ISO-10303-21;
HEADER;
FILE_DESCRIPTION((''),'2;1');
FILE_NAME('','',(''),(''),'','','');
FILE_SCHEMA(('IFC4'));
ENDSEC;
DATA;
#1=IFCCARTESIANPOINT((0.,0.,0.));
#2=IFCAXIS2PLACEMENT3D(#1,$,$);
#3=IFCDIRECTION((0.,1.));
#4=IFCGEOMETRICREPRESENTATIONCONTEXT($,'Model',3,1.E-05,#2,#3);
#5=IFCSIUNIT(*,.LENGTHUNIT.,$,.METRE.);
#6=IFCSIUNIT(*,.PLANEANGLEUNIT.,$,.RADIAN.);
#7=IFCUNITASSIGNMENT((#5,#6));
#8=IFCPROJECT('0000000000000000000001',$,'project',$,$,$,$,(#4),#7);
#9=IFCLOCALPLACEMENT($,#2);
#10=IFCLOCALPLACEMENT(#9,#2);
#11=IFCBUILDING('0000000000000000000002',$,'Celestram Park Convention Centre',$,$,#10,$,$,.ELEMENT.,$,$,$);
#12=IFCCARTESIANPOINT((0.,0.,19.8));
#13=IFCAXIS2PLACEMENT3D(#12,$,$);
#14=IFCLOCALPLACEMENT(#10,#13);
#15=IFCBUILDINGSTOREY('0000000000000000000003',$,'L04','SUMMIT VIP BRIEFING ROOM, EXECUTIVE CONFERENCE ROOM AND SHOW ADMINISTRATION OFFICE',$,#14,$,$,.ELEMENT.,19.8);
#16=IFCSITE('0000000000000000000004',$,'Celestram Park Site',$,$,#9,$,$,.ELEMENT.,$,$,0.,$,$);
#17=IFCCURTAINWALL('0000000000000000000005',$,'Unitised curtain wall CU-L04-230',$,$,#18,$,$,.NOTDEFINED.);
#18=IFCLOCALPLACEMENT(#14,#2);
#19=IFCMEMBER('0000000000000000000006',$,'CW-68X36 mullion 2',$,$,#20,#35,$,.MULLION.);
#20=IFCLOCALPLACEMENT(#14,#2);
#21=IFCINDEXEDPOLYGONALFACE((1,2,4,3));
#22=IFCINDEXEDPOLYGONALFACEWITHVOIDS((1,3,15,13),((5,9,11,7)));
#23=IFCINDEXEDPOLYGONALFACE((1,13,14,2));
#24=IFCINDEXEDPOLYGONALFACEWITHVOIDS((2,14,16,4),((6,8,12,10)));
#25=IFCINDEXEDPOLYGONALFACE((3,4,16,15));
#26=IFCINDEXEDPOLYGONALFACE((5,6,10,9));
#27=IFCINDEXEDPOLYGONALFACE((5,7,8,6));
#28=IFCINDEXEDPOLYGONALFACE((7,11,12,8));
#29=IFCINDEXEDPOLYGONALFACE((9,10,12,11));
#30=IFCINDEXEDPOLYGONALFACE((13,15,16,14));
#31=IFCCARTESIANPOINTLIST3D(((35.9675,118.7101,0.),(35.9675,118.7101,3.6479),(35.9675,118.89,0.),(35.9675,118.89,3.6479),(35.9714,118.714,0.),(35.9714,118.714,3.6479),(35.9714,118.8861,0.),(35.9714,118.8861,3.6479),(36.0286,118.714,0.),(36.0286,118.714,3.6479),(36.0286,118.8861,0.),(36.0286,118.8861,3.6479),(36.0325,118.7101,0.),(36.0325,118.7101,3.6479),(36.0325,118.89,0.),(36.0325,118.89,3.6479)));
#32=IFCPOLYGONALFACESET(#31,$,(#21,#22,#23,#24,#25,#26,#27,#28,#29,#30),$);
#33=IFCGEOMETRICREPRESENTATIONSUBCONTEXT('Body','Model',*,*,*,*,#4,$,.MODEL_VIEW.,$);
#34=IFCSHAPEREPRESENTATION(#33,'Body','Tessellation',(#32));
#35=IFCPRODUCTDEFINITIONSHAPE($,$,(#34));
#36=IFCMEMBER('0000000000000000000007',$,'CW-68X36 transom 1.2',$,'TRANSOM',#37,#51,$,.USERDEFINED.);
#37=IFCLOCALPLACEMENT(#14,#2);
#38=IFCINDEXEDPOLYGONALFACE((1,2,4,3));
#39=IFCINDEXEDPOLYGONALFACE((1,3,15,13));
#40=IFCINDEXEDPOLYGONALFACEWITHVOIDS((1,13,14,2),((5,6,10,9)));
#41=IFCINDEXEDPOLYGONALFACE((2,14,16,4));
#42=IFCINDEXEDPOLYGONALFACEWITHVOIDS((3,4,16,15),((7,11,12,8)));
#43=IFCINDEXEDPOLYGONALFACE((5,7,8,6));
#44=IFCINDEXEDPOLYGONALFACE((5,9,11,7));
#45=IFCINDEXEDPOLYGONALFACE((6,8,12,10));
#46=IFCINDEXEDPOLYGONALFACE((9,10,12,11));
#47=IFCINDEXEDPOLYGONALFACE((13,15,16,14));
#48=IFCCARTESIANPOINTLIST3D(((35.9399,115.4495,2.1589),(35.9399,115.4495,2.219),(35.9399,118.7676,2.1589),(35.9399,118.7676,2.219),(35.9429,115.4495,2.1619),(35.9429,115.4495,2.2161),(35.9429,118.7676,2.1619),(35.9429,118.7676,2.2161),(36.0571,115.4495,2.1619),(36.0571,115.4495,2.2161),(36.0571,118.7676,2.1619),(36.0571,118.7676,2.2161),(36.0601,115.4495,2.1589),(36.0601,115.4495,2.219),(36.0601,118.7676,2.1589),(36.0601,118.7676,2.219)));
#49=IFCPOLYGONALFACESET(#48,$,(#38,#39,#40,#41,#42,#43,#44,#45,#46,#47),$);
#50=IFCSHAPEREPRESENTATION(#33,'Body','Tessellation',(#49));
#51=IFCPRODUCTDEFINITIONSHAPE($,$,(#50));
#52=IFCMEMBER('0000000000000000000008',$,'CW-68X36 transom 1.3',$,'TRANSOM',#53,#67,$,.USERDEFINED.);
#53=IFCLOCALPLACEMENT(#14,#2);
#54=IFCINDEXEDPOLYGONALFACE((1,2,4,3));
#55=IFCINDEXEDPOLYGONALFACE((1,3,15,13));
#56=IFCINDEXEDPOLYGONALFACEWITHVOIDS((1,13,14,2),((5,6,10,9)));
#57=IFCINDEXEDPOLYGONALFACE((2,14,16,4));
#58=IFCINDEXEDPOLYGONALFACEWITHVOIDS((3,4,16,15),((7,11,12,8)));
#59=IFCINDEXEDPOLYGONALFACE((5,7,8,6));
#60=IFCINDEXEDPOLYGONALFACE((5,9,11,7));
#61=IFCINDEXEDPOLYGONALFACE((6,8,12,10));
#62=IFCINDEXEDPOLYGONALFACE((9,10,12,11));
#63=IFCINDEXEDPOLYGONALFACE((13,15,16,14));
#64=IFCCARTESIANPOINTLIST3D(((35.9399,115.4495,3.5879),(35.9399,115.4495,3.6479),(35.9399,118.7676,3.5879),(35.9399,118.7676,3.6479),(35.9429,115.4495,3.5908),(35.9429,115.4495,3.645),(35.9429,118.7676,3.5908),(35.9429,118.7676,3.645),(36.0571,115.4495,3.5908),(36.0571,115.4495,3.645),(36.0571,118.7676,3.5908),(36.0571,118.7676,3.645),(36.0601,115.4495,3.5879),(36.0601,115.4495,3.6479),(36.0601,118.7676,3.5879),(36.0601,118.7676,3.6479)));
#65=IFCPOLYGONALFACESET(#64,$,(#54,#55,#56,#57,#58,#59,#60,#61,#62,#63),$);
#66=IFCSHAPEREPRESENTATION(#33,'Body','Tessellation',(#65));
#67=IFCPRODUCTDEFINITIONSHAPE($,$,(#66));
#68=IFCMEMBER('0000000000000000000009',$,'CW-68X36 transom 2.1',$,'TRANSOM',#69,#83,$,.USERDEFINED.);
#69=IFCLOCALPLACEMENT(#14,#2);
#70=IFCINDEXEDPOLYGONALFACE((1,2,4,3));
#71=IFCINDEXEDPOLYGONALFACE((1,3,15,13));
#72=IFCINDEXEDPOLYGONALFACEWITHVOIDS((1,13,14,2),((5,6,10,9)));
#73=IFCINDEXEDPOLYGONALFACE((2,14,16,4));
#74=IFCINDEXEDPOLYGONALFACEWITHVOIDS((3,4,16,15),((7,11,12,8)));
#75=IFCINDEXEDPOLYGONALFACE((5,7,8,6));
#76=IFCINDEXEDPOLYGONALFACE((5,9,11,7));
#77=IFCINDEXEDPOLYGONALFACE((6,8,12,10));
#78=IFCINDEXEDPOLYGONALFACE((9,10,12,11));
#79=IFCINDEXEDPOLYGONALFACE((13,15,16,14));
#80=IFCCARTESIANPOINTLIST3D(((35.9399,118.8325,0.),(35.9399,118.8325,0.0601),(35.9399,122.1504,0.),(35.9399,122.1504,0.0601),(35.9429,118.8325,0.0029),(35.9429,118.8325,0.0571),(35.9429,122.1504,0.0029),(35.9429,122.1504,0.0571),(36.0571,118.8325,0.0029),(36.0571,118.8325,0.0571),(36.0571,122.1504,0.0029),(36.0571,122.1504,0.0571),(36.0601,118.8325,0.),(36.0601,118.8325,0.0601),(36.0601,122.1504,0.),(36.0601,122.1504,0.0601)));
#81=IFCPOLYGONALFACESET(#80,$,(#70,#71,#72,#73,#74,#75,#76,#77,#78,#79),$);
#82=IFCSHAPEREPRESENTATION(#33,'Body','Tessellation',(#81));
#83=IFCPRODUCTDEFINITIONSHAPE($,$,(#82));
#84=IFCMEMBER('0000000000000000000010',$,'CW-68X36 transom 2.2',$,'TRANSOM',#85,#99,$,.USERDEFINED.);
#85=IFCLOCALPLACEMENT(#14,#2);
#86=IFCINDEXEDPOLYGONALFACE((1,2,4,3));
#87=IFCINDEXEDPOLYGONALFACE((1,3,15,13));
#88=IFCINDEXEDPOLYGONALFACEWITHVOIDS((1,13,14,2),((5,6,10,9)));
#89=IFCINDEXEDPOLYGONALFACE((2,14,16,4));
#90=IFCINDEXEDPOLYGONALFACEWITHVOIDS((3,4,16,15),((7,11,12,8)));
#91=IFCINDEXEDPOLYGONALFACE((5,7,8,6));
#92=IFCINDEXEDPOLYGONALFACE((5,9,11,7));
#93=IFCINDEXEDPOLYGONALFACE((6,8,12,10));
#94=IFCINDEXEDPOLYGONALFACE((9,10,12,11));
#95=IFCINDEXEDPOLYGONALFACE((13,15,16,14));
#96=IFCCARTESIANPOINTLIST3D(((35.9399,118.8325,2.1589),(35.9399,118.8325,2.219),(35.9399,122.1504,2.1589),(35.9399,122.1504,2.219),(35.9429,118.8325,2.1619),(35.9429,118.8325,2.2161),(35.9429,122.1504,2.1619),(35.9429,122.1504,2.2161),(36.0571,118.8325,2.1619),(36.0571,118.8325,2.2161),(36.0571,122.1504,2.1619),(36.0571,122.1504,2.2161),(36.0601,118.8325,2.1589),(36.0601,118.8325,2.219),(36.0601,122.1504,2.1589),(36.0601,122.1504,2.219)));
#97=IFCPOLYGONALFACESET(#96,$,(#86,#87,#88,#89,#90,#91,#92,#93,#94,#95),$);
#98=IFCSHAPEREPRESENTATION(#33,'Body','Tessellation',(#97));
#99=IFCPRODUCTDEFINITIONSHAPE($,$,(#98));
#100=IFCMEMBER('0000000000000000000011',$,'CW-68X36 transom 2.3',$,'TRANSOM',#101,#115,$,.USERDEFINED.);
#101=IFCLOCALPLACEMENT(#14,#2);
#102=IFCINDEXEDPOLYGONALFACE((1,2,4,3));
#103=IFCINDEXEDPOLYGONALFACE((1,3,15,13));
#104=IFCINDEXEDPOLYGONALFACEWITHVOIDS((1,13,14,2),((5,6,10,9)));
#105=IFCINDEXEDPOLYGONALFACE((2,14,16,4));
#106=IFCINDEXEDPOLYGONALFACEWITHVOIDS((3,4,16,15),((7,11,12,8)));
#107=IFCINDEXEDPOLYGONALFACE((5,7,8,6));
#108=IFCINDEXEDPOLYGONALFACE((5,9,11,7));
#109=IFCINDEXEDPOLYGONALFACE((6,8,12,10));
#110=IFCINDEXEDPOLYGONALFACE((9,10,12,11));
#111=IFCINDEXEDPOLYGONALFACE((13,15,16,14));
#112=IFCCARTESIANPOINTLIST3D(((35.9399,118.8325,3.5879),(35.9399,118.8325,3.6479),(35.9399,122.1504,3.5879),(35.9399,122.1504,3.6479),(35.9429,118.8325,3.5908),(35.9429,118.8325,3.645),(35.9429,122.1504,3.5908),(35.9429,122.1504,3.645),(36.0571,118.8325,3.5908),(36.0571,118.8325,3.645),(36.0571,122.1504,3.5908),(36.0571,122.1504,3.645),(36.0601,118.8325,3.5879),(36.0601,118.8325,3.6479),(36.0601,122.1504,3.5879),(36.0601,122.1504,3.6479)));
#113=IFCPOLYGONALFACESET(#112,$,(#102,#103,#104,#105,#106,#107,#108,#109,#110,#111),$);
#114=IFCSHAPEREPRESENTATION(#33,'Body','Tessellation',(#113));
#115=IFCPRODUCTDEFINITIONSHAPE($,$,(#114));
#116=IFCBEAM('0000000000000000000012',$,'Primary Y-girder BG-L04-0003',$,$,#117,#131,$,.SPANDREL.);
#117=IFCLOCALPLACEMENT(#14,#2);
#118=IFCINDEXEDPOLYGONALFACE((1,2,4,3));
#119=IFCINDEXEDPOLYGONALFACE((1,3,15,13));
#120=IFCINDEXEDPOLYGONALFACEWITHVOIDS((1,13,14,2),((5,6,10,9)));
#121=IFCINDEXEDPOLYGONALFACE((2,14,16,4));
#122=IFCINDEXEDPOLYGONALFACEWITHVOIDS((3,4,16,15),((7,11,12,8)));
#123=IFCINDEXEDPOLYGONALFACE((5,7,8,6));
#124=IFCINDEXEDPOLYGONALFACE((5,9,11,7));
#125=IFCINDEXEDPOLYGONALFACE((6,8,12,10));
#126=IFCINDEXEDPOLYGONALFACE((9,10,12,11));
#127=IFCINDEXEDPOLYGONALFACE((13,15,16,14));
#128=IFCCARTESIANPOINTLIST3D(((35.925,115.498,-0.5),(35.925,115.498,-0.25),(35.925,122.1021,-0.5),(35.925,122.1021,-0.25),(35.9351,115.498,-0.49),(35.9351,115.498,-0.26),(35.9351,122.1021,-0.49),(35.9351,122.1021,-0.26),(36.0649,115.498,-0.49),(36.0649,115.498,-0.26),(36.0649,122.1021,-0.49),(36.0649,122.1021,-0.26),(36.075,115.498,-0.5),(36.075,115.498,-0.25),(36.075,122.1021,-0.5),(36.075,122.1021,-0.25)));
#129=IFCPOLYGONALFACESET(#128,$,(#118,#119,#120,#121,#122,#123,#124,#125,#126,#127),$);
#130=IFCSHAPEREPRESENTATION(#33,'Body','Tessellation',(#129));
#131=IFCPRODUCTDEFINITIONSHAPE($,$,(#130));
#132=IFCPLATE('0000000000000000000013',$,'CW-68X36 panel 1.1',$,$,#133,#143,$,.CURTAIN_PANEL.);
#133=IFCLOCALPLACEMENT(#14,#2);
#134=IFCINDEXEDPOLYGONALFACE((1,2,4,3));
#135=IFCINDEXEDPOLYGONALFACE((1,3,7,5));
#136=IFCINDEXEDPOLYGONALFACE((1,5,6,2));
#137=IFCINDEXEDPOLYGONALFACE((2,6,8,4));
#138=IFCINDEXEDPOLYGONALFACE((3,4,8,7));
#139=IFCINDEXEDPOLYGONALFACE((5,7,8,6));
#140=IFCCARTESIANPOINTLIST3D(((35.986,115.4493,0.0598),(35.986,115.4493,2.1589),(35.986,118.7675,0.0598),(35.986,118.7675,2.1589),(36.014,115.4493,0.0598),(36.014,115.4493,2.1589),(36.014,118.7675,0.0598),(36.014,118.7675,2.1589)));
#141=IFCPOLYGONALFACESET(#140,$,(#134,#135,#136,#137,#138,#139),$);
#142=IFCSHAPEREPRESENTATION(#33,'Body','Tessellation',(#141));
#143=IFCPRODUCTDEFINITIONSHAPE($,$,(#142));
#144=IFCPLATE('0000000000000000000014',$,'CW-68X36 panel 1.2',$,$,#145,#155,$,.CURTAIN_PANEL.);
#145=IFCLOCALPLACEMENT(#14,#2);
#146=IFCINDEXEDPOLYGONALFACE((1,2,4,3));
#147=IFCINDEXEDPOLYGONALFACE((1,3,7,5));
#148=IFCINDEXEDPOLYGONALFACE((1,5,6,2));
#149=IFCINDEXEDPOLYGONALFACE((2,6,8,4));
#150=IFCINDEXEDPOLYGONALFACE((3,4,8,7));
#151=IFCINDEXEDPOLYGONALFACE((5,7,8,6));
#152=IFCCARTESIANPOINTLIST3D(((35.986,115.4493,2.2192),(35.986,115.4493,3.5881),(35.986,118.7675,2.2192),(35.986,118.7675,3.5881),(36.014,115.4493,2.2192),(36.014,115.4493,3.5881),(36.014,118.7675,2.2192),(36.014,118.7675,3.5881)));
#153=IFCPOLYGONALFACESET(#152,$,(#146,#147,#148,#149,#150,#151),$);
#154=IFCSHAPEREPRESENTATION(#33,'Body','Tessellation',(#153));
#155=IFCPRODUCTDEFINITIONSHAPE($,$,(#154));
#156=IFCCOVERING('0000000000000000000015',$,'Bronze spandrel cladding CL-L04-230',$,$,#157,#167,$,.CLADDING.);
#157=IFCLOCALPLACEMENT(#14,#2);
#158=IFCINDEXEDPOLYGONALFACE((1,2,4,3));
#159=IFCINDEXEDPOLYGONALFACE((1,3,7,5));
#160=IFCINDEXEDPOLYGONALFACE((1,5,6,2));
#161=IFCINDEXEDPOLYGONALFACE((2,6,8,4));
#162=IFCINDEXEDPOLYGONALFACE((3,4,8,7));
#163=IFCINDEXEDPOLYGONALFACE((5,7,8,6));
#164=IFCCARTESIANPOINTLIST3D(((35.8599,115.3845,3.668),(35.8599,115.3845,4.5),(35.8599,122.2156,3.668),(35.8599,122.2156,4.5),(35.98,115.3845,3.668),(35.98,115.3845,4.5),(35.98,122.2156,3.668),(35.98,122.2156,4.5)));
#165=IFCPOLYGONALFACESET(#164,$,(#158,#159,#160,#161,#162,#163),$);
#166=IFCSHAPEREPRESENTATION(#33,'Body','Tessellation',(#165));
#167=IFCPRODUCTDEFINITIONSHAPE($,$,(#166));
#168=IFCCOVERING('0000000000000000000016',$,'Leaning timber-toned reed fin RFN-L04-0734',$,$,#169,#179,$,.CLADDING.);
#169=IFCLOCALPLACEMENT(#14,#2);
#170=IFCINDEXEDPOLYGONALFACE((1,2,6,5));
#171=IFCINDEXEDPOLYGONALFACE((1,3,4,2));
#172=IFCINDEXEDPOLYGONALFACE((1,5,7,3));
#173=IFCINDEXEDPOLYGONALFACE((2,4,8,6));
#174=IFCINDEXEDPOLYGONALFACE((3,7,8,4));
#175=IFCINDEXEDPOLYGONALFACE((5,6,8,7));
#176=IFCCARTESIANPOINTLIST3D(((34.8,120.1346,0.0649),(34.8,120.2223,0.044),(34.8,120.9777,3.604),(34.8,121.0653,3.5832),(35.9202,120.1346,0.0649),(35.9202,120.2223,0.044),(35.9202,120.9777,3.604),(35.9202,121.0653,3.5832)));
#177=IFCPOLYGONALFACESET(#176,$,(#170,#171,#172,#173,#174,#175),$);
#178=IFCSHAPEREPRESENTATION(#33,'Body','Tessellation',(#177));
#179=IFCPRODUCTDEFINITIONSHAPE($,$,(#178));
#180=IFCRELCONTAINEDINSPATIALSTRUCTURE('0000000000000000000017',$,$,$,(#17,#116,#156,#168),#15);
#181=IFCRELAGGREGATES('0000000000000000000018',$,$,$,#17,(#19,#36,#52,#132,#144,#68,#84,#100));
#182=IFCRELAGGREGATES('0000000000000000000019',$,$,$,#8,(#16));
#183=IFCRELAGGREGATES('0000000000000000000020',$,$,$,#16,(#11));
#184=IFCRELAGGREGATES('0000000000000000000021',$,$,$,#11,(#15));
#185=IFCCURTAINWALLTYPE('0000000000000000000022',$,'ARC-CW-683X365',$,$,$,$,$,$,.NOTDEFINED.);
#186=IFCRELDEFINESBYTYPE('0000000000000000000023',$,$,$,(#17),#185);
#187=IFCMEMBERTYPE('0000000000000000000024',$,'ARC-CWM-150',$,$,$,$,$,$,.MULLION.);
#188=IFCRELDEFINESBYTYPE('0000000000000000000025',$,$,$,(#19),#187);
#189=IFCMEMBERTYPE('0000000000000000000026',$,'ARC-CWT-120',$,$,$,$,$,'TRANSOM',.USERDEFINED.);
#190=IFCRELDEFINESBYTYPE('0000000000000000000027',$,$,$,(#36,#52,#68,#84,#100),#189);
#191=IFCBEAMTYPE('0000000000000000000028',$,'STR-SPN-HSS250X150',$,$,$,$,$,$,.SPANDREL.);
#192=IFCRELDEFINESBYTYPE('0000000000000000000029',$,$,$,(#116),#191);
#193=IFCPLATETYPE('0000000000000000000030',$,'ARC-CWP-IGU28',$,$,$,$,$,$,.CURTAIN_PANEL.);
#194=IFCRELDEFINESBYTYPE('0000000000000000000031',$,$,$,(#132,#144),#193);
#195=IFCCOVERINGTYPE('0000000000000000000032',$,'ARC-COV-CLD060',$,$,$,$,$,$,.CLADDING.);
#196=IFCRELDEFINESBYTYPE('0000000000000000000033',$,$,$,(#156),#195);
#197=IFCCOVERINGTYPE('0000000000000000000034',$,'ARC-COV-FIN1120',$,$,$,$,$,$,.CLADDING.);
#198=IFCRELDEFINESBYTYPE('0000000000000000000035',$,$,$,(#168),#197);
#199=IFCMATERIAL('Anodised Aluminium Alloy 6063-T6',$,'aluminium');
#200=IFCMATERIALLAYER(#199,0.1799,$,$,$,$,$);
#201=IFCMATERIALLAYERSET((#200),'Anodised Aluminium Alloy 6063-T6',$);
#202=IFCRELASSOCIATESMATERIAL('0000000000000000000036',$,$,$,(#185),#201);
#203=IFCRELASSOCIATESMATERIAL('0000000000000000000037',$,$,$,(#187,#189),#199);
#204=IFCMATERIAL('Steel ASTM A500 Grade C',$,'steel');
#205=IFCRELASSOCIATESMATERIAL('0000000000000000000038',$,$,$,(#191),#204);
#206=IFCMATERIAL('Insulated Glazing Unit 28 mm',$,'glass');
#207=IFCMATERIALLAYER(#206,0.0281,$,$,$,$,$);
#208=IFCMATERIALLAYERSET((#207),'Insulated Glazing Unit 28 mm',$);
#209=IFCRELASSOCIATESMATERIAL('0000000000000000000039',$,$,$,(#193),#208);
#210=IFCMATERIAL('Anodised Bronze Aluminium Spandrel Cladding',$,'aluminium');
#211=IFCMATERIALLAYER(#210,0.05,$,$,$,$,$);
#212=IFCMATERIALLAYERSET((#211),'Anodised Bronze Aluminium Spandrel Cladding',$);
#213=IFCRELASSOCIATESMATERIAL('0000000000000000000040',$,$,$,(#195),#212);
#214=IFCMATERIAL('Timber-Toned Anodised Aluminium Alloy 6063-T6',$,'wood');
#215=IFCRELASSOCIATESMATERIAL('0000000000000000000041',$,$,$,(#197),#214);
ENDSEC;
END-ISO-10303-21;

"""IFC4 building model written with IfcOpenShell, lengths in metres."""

from ifc_helpers import new_model, si_unit, direction, frame, origin, origin_2d, place, context, subcontext, project, spatial, rectangle, hollow_rectangle, extrude, material, layer, layer_set, material_profile, profile_set, type_object, element, aggregate, save


model = new_model("IFC4")

# Units and contexts
model_context = context("Model", 3, precision=1e-05, world=origin(), true_north=direction((0.0, 1.0)))
body_context = subcontext(model_context, "Body", "Model", "MODEL_VIEW")
ifc_project = project(units=[si_unit("LENGTHUNIT", "METRE"), si_unit("PLANEANGLEUNIT", "RADIAN")], contexts=[model_context])

# Site, building, storey
site_placement = place(None, origin())
site = spatial("IfcSite", under=ifc_project, at=site_placement, Name="Celestram Park Site", CompositionType="ELEMENT", RefElevation=0.0)
building_placement = place(site_placement, origin())
building = spatial("IfcBuilding", under=site, at=building_placement, Name="Celestram Park Convention Centre", CompositionType="ELEMENT")
storey_placement = place(building_placement, frame((0.0, 0.0, 19.8)))
storey = spatial("IfcBuildingStorey", under=building, at=storey_placement, Name="L04", Description="SUMMIT VIP BRIEFING ROOM, EXECUTIVE CONFERENCE ROOM AND SHOW ADMINISTRATION OFFICE", CompositionType="ELEMENT", Elevation=19.8)

# Curtain wall, members
ifc_material_1 = material(Name="Anodised Aluminium Alloy 6063-T6", Category="aluminium")
ifc_layer_1 = layer(ifc_material_1, 0.1799)
ifc_layer_set_1 = layer_set([ifc_layer_1], Name="Anodised Aluminium Alloy 6063-T6")
curtain_wall_type = type_object("IfcCurtainWallType", Name="ARC-CW-683X365", PredefinedType="NOTDEFINED", material=ifc_layer_set_1)
curtain_wall_placement = place(storey_placement, origin())
curtain_wall = element("IfcCurtainWall", 1, at=curtain_wall_placement, inside=storey, type_object=curtain_wall_type, Name="Unitised curtain wall CU-L04-230", PredefinedType="NOTDEFINED")
ifc_material_profile_1 = material_profile(ifc_material_1, hollow_rectangle(XDim=0.0649, YDim=0.1799, WallThickness=0.0039, at=origin_2d()), Name="ALU65X180X4")
ifc_profile_set_1 = profile_set([ifc_material_profile_1], Name="Anodised Aluminium Alloy 6063-T6")
member_type_1 = type_object("IfcMemberType", Name="ARC-CWM-150", PredefinedType="MULLION", material=ifc_profile_set_1)
member_1_placement = place(storey_placement, frame((36.0, 118.8, 0.0), z_axis=(0.0, 0.0, 1.0), x_axis=(-1.0, 0.0, 0.0)))
member_1 = element("IfcMember", 2, at=member_1_placement, type_object=member_type_1, Name="CW-68X36 mullion 2", PredefinedType="MULLION", context=body_context, shape_type="SweptSolid", body=[
    extrude(hollow_rectangle(XDim=0.0649, YDim=0.1799, WallThickness=0.0039, at=origin_2d()), origin(), (0.0, 0.0, 1.0), 3.6479),
])
ifc_material_profile_2 = material_profile(ifc_material_1, hollow_rectangle(XDim=0.1201, YDim=0.0601, WallThickness=0.0029, at=origin_2d()), Name="ALU120X60X3")
ifc_profile_set_2 = profile_set([ifc_material_profile_2], Name="Anodised Aluminium Alloy 6063-T6")
member_type_2 = type_object("IfcMemberType", Name="ARC-CWT-120", ElementType="TRANSOM", PredefinedType="USERDEFINED", material=ifc_profile_set_2)
member_2_placement = place(storey_placement, frame((36.0, 115.4495, 2.189), z_axis=(0.0, 1.0, 0.0), x_axis=(-1.0, 0.0, 0.0)))
member_2 = element("IfcMember", 3, at=member_2_placement, type_object=member_type_2, Name="CW-68X36 transom 1.2", ObjectType="TRANSOM", PredefinedType="USERDEFINED", context=body_context, shape_type="SweptSolid", body=[
    extrude(hollow_rectangle(XDim=0.1201, YDim=0.0601, WallThickness=0.0029, at=origin_2d()), origin(), (0.0, 0.0, 1.0), 3.3181),
])
member_3_placement = place(storey_placement, frame((36.0, 115.4495, 3.6179), z_axis=(0.0, 1.0, 0.0), x_axis=(-1.0, 0.0, 0.0)))
member_3 = element("IfcMember", 4, at=member_3_placement, type_object=member_type_2, Name="CW-68X36 transom 1.3", ObjectType="TRANSOM", PredefinedType="USERDEFINED", context=body_context, shape_type="SweptSolid", body=[
    extrude(hollow_rectangle(XDim=0.1201, YDim=0.0601, WallThickness=0.0029, at=origin_2d()), origin(), (0.0, 0.0, 1.0), 3.3181),
])
member_4_placement = place(storey_placement, frame((36.0, 118.8325, 0.03), z_axis=(0.0, 1.0, 0.0), x_axis=(-1.0, 0.0, 0.0)))
member_4 = element("IfcMember", 5, at=member_4_placement, type_object=member_type_2, Name="CW-68X36 transom 2.1", ObjectType="TRANSOM", PredefinedType="USERDEFINED", context=body_context, shape_type="SweptSolid", body=[
    extrude(hollow_rectangle(XDim=0.1201, YDim=0.0601, WallThickness=0.0029, at=origin_2d()), origin(), (0.0, 0.0, 1.0), 3.3179),
])
member_5_placement = place(storey_placement, frame((36.0, 118.8325, 2.189), z_axis=(0.0, 1.0, 0.0), x_axis=(-1.0, 0.0, 0.0)))
member_5 = element("IfcMember", 6, at=member_5_placement, type_object=member_type_2, Name="CW-68X36 transom 2.2", ObjectType="TRANSOM", PredefinedType="USERDEFINED", context=body_context, shape_type="SweptSolid", body=[
    extrude(hollow_rectangle(XDim=0.1201, YDim=0.0601, WallThickness=0.0029, at=origin_2d()), origin(), (0.0, 0.0, 1.0), 3.3179),
])
member_6_placement = place(storey_placement, frame((36.0, 118.8325, 3.6179), z_axis=(0.0, 1.0, 0.0), x_axis=(-1.0, 0.0, 0.0)))
member_6 = element("IfcMember", 7, at=member_6_placement, type_object=member_type_2, Name="CW-68X36 transom 2.3", ObjectType="TRANSOM", PredefinedType="USERDEFINED", context=body_context, shape_type="SweptSolid", body=[
    extrude(hollow_rectangle(XDim=0.1201, YDim=0.0601, WallThickness=0.0029, at=origin_2d()), origin(), (0.0, 0.0, 1.0), 3.3179),
])

# Beam
ifc_material_2 = material(Name="Steel ASTM A500 Grade C", Category="steel")
ifc_material_profile_3 = material_profile(ifc_material_2, hollow_rectangle(XDim=0.1499, YDim=0.25, WallThickness=0.01, at=origin_2d()), Name="HSS250X150X10")
ifc_profile_set_3 = profile_set([ifc_material_profile_3], Name="Steel ASTM A500 Grade C")
beam_type = type_object("IfcBeamType", Name="STR-SPN-HSS250X150", PredefinedType="SPANDREL", material=ifc_profile_set_3)
beam_placement = place(storey_placement, frame((36.0, 115.498, -0.375), z_axis=(0.0, 1.0, 0.0), x_axis=(-1.0, 0.0, 0.0)))
element("IfcBeam", 8, at=beam_placement, inside=storey, type_object=beam_type, Name="Primary Y-girder BG-L04-0003", PredefinedType="SPANDREL", context=body_context, shape_type="SweptSolid", body=[
    extrude(hollow_rectangle(XDim=0.1499, YDim=0.25, WallThickness=0.01, at=origin_2d()), origin(), (0.0, 0.0, 1.0), 6.604),
])

# Plates
ifc_material_3 = material(Name="Insulated Glazing Unit 28 mm", Category="glass")
ifc_layer_2 = layer(ifc_material_3, 0.0281)
ifc_layer_set_2 = layer_set([ifc_layer_2], Name="Insulated Glazing Unit 28 mm")
plate_type = type_object("IfcPlateType", Name="ARC-CWP-IGU28", PredefinedType="CURTAIN_PANEL", material=ifc_layer_set_2)
plate_1_placement = place(storey_placement, frame((36.0, 117.1084, 0.0598), z_axis=(0.0, 0.0, 1.0), x_axis=(0.0, 1.0, 0.0)))
plate_1 = element("IfcPlate", 9, at=plate_1_placement, type_object=plate_type, Name="CW-68X36 panel 1.1", PredefinedType="CURTAIN_PANEL", context=body_context, shape_type="SweptSolid", body=[
    extrude(rectangle(XDim=3.3181, YDim=0.0281, at=origin_2d()), origin(), (0.0, 0.0, 1.0), 2.0991),
])
plate_2_placement = place(storey_placement, frame((36.0, 117.1084, 2.2192), z_axis=(0.0, 0.0, 1.0), x_axis=(0.0, 1.0, 0.0)))
plate_2 = element("IfcPlate", 10, at=plate_2_placement, type_object=plate_type, Name="CW-68X36 panel 1.2", PredefinedType="CURTAIN_PANEL", context=body_context, shape_type="SweptSolid", body=[
    extrude(rectangle(XDim=3.3181, YDim=0.0281, at=origin_2d()), origin(), (0.0, 0.0, 1.0), 1.3689),
])
aggregate(curtain_wall, [member_1, member_2, member_3, plate_1, plate_2, member_4, member_5, member_6])

# Coverings
ifc_material_4 = material(Name="Anodised Bronze Aluminium Spandrel Cladding", Category="aluminium")
ifc_layer_3 = layer(ifc_material_4, 0.05)
ifc_layer_set_3 = layer_set([ifc_layer_3], Name="Anodised Bronze Aluminium Spandrel Cladding")
covering_type_1 = type_object("IfcCoveringType", Name="ARC-COV-CLD060", PredefinedType="CLADDING", material=ifc_layer_set_3)
covering_1_placement = place(storey_placement, frame((35.9199, 118.8, 3.668), z_axis=(0.0, 0.0, 1.0), x_axis=(0.0, 1.0, 0.0)))
element("IfcCovering", 11, at=covering_1_placement, inside=storey, type_object=covering_type_1, Name="Bronze spandrel cladding CL-L04-230", PredefinedType="CLADDING", context=body_context, shape_type="SweptSolid", body=[
    extrude(rectangle(XDim=6.8311, YDim=0.1201, at=origin_2d()), origin(), (0.0, 0.0, 1.0), 0.832),
])
ifc_material_5 = material(Name="Timber-Toned Anodised Aluminium Alloy 6063-T6", Category="wood")
ifc_material_profile_4 = material_profile(ifc_material_5, rectangle(XDim=1.1201, YDim=0.0901, at=origin_2d()), Name="REED1120X90")
ifc_profile_set_4 = profile_set([ifc_material_profile_4], Name="Timber-Toned Anodised Aluminium Alloy 6063-T6")
covering_type_2 = type_object("IfcCoveringType", Name="ARC-COV-FIN1120", PredefinedType="CLADDING", material=ifc_profile_set_4)
covering_2_placement = place(storey_placement, frame((35.3601, 120.1785, 0.0544), z_axis=(0.0, 0.23172, 0.972782), x_axis=(-1.0, 0.0, 0.0)))
element("IfcCovering", 12, at=covering_2_placement, inside=storey, type_object=covering_type_2, Name="Leaning timber-toned reed fin RFN-L04-0734", PredefinedType="CLADDING", context=body_context, shape_type="SweptSolid", body=[
    extrude(rectangle(XDim=1.1201, YDim=0.0901, at=origin_2d()), origin(), (0.0, 0.0, 1.0), 3.6382),
])

save(model, "model.ifc")
